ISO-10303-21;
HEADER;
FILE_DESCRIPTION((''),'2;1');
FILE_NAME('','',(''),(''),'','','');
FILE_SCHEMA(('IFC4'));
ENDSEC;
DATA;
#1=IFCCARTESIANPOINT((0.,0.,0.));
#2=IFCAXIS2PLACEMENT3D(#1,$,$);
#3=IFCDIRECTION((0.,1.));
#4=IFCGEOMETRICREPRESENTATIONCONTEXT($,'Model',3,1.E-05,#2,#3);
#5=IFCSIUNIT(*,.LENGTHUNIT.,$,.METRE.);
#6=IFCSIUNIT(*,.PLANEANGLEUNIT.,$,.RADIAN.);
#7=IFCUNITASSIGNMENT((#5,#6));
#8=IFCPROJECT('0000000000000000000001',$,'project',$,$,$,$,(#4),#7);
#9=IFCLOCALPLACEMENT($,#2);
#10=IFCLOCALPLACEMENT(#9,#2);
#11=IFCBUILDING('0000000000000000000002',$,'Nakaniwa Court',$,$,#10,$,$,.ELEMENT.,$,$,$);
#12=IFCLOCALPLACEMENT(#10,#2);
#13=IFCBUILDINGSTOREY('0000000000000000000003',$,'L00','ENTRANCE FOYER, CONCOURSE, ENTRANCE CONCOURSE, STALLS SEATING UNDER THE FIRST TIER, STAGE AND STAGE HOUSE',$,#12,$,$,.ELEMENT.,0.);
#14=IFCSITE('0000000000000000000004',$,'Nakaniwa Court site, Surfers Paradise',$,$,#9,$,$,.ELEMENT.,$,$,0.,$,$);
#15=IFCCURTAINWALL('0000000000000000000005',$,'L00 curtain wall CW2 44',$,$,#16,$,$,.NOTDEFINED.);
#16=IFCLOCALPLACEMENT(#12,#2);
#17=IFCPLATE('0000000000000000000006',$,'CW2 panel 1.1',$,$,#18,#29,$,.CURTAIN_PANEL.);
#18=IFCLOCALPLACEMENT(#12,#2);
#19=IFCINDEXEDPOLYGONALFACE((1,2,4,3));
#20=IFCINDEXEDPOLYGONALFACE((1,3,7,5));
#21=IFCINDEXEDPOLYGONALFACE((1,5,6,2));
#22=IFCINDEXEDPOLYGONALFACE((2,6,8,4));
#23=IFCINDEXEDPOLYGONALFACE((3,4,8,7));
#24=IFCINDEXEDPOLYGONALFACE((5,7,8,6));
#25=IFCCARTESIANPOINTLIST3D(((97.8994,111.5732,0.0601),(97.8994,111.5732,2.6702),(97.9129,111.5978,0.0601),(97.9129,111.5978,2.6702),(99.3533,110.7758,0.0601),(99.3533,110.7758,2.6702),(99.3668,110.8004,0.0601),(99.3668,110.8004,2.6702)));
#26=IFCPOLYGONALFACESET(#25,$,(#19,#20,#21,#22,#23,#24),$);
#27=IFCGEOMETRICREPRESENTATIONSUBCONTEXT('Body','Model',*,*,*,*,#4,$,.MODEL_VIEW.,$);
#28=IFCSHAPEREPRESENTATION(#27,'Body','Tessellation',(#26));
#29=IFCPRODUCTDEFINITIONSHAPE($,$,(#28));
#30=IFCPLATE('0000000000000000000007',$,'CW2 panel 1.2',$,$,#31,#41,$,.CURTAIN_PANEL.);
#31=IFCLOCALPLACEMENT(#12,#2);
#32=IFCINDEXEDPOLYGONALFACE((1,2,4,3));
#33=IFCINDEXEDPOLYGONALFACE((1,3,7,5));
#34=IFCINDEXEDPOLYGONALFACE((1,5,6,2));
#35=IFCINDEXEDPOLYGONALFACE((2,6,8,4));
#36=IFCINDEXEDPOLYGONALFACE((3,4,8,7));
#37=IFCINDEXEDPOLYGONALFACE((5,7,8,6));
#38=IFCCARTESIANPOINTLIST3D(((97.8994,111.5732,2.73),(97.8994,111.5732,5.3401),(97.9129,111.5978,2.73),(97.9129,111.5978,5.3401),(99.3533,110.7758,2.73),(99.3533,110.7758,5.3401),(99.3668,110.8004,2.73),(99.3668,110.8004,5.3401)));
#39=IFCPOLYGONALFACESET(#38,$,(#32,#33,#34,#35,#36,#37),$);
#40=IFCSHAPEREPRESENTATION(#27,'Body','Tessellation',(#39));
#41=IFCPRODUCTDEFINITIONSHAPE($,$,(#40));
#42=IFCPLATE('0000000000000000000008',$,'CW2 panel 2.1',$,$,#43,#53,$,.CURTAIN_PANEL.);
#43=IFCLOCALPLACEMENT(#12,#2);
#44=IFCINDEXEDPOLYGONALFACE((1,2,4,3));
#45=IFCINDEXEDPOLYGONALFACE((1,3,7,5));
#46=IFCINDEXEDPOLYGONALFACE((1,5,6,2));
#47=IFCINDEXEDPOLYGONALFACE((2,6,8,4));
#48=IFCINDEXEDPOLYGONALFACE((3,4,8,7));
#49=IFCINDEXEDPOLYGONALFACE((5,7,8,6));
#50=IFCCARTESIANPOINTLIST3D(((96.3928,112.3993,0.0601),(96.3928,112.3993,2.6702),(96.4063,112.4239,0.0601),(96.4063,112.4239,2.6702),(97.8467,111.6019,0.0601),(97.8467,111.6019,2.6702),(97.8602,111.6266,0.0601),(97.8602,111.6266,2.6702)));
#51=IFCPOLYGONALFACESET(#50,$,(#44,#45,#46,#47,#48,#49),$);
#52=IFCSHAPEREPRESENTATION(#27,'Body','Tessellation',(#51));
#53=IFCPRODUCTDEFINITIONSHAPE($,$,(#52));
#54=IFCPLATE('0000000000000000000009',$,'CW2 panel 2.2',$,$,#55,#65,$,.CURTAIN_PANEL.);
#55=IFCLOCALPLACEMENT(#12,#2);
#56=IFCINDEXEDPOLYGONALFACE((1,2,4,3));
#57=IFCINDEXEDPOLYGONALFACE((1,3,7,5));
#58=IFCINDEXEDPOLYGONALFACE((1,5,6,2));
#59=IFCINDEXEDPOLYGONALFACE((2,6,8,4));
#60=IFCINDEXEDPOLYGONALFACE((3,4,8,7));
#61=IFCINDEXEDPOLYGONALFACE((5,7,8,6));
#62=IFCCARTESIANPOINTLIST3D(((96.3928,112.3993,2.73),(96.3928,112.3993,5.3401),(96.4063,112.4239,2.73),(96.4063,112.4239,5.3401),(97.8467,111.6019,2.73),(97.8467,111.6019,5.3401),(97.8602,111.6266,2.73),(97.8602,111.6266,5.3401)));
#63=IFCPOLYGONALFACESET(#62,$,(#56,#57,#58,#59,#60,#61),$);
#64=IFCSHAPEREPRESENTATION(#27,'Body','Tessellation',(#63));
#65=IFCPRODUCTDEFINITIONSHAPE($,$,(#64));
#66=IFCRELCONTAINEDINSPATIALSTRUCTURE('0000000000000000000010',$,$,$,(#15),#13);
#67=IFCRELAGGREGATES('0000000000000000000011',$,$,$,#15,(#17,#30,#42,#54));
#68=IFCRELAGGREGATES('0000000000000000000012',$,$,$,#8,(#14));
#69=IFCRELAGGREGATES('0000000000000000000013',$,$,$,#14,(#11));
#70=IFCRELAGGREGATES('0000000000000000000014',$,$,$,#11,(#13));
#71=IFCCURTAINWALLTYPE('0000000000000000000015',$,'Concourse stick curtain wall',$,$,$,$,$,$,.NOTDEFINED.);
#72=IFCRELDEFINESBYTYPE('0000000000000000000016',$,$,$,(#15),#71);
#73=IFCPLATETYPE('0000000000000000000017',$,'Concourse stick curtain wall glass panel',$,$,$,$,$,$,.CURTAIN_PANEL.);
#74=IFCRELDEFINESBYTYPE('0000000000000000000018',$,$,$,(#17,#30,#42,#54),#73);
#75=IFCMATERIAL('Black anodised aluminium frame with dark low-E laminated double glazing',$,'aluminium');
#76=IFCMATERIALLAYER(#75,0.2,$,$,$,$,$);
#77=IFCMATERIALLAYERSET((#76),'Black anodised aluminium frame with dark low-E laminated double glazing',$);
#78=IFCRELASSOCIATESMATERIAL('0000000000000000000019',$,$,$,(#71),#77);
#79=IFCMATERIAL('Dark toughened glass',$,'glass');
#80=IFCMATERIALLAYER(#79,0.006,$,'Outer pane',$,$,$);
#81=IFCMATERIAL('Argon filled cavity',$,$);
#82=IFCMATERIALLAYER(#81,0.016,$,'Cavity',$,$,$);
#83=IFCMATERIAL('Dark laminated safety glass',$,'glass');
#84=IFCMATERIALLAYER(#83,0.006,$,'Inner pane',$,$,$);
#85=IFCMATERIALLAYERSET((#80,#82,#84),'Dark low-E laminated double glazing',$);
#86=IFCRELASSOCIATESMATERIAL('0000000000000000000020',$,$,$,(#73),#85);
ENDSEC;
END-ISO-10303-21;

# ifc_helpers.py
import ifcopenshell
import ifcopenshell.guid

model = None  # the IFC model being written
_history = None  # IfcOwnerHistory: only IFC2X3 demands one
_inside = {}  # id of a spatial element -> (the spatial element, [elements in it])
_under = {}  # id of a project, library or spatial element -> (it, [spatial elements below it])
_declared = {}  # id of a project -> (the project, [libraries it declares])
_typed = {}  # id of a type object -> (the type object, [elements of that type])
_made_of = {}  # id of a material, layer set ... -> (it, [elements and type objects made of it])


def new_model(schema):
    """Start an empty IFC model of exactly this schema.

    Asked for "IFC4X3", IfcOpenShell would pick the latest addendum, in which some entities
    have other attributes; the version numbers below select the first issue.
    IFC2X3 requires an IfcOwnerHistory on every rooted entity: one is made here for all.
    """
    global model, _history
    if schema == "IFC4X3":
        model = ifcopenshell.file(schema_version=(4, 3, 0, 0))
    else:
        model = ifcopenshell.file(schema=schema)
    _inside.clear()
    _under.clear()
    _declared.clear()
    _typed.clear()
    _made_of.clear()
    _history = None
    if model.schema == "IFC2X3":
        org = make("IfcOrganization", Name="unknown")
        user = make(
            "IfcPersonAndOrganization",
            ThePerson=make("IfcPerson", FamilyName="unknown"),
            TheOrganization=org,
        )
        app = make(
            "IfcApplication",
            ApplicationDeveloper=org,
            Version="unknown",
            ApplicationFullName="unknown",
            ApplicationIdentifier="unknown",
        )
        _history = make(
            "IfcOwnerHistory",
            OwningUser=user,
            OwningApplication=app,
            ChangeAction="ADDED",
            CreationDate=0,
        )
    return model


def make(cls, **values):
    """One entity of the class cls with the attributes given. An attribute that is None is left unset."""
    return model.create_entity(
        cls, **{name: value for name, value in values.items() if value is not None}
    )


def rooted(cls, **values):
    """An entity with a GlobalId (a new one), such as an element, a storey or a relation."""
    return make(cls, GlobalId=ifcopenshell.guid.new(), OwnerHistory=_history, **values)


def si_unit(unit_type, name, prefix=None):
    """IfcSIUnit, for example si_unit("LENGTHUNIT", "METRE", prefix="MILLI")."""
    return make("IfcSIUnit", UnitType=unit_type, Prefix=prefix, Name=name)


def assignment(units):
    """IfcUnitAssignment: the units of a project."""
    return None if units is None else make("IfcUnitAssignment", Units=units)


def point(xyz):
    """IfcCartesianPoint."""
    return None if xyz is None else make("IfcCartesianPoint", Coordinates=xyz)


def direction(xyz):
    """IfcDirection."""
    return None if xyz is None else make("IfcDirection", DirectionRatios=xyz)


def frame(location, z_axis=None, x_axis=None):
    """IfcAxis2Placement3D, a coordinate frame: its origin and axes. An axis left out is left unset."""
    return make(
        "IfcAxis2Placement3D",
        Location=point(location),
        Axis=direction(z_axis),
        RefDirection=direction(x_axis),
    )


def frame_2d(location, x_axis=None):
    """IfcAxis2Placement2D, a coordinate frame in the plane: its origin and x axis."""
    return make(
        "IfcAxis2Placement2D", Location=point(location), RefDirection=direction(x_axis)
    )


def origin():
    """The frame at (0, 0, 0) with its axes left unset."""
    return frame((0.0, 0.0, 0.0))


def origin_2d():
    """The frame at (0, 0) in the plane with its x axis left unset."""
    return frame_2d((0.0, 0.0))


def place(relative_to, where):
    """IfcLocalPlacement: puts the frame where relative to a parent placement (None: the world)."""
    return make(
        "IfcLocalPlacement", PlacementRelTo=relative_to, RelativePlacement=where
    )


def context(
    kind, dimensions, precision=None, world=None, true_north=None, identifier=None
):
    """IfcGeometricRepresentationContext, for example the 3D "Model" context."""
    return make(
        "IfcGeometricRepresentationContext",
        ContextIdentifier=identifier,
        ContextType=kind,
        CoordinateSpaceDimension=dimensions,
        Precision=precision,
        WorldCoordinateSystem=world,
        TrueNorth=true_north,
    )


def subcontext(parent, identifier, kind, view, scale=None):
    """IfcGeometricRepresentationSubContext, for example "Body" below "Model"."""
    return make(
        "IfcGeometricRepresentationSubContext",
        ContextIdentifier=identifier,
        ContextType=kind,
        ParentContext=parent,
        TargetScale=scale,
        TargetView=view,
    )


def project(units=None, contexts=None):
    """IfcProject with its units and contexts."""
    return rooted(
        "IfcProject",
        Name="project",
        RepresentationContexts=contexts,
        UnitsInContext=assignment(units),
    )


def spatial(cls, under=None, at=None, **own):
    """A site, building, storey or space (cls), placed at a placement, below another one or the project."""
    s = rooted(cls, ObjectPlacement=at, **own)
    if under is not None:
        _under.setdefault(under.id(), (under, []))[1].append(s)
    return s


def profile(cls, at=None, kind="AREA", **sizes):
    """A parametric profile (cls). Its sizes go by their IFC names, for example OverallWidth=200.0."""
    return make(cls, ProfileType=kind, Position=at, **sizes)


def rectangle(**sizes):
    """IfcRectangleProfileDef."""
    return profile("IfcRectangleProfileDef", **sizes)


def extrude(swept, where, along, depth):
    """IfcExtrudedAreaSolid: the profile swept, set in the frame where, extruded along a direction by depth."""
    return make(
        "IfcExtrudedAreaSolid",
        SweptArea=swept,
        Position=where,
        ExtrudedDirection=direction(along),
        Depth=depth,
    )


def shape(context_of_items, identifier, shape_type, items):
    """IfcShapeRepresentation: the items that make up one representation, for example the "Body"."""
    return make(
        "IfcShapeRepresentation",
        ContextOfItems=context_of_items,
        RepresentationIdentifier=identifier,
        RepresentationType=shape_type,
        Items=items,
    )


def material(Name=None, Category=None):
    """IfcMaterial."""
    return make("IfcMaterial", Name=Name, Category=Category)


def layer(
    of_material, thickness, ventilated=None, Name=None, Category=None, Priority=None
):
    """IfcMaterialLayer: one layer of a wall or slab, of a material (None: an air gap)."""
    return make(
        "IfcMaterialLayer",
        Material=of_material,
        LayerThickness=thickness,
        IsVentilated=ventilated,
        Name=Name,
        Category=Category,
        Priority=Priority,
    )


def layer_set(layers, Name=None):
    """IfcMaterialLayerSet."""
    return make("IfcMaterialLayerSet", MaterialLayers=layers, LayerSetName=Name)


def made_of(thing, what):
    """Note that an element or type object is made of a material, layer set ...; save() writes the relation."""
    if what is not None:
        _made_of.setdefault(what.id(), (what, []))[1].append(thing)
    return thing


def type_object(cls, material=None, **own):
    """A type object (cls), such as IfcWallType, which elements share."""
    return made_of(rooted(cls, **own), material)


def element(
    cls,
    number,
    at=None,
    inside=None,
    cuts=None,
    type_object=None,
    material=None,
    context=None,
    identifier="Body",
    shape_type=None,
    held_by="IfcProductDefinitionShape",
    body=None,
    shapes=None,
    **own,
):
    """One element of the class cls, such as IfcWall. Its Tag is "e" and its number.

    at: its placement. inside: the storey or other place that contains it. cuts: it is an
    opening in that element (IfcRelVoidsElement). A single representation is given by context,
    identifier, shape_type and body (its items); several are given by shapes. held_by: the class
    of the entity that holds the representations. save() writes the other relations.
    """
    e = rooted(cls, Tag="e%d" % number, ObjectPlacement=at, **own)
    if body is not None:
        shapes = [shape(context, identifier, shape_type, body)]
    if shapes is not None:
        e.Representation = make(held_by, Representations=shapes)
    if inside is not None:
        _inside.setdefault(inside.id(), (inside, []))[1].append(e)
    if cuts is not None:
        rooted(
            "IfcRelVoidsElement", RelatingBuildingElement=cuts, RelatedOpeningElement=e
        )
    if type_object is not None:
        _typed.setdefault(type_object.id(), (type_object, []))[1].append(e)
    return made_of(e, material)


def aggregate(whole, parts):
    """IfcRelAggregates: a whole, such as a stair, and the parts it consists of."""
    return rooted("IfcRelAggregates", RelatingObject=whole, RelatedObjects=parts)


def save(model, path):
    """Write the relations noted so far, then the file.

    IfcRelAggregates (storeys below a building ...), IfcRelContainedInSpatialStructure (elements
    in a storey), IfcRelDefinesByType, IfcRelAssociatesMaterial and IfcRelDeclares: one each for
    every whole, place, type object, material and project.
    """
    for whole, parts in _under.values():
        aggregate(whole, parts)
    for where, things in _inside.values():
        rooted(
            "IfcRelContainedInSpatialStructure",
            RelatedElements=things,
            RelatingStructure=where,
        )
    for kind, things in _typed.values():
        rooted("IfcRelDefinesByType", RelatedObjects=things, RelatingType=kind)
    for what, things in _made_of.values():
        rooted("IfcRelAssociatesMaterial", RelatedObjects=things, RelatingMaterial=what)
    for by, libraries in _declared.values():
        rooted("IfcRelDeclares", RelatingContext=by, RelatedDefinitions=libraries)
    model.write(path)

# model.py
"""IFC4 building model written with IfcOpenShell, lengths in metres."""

from ifc_helpers import new_model, si_unit, direction, frame, origin, origin_2d, place, context, subcontext, project, spatial, rectangle, extrude, material, layer, layer_set, type_object, element, aggregate, save


model = new_model("IFC4")

# Units and contexts
model_context = context("Model", 3, precision=1e-05, world=origin(), true_north=direction((0.0, 1.0)))
body_context = subcontext(model_context, "Body", "Model", "MODEL_VIEW")
ifc_project = project(units=[si_unit("LENGTHUNIT", "METRE"), si_unit("PLANEANGLEUNIT", "RADIAN")], contexts=[model_context])

# Site, building, storey
site_placement = place(None, origin())
site = spatial("IfcSite", under=ifc_project, at=site_placement, Name="Nakaniwa Court site, Surfers Paradise", CompositionType="ELEMENT", RefElevation=0.0)
building_placement = place(site_placement, origin())
building = spatial("IfcBuilding", under=site, at=building_placement, Name="Nakaniwa Court", CompositionType="ELEMENT")
storey_placement = place(building_placement, origin())
storey = spatial("IfcBuildingStorey", under=building, at=storey_placement, Name="L00", Description="ENTRANCE FOYER, CONCOURSE, ENTRANCE CONCOURSE, STALLS SEATING UNDER THE FIRST TIER, STAGE AND STAGE HOUSE", CompositionType="ELEMENT", Elevation=0.0)

# Curtain wall
ifc_material_1 = material(Name="Black anodised aluminium frame with dark low-E laminated double glazing", Category="aluminium")
ifc_layer_1 = layer(ifc_material_1, 0.2)
ifc_layer_set_1 = layer_set([ifc_layer_1], Name="Black anodised aluminium frame with dark low-E laminated double glazing")
curtain_wall_type = type_object("IfcCurtainWallType", Name="Concourse stick curtain wall", PredefinedType="NOTDEFINED", material=ifc_layer_set_1)
curtain_wall_1_placement = place(storey_placement, origin())
curtain_wall_1 = element("IfcCurtainWall", 1, at=curtain_wall_1_placement, inside=storey, type_object=curtain_wall_type, Name="L00 curtain wall CW2 44", PredefinedType="NOTDEFINED")

# Plates
ifc_material_2 = material(Name="Dark toughened glass", Category="glass")
ifc_layer_2 = layer(ifc_material_2, 0.006, Name="Outer pane")
ifc_material_3 = material(Name="Argon filled cavity")
ifc_layer_3 = layer(ifc_material_3, 0.016, Name="Cavity")
ifc_material_4 = material(Name="Dark laminated safety glass", Category="glass")
ifc_layer_4 = layer(ifc_material_4, 0.006, Name="Inner pane")
ifc_layer_set_2 = layer_set([ifc_layer_2, ifc_layer_3, ifc_layer_4], Name="Dark low-E laminated double glazing")
plate_type = type_object("IfcPlateType", Name="Concourse stick curtain wall glass panel", PredefinedType="CURTAIN_PANEL", material=ifc_layer_set_2)
plate_1_placement = place(storey_placement, frame((98.6331, 111.1868, 0.0601), z_axis=(0.0, 0.0, 1.0), x_axis=(-0.876787, 0.480879, 0.0)))
plate_1 = element("IfcPlate", 2, at=plate_1_placement, type_object=plate_type, Name="CW2 panel 1.1", PredefinedType="CURTAIN_PANEL", context=body_context, shape_type="SweptSolid", body=[
    extrude(rectangle(XDim=1.6582, YDim=0.0281, at=origin_2d()), origin(), (0.0, 0.0, 1.0), 2.6101),
])
plate_2_placement = place(storey_placement, frame((98.6331, 111.1868, 2.73), z_axis=(0.0, 0.0, 1.0), x_axis=(-0.876787, 0.480879, 0.0)))
plate_2 = element("IfcPlate", 3, at=plate_2_placement, type_object=plate_type, Name="CW2 panel 1.2", PredefinedType="CURTAIN_PANEL", context=body_context, shape_type="SweptSolid", body=[
    extrude(rectangle(XDim=1.6582, YDim=0.0281, at=origin_2d()), origin(), (0.0, 0.0, 1.0), 2.6101),
])
plate_3_placement = place(storey_placement, frame((97.1265, 112.0129, 0.0601), z_axis=(0.0, 0.0, 1.0), x_axis=(-0.876787, 0.480879, 0.0)))
plate_3 = element("IfcPlate", 4, at=plate_3_placement, type_object=plate_type, Name="CW2 panel 2.1", PredefinedType="CURTAIN_PANEL", context=body_context, shape_type="SweptSolid", body=[
    extrude(rectangle(XDim=1.6582, YDim=0.0281, at=origin_2d()), origin(), (0.0, 0.0, 1.0), 2.6101),
])
plate_4_placement = place(storey_placement, frame((97.1265, 112.0129, 2.73), z_axis=(0.0, 0.0, 1.0), x_axis=(-0.876787, 0.480879, 0.0)))
plate_4 = element("IfcPlate", 5, at=plate_4_placement, type_object=plate_type, Name="CW2 panel 2.2", PredefinedType="CURTAIN_PANEL", context=body_context, shape_type="SweptSolid", body=[
    extrude(rectangle(XDim=1.6582, YDim=0.0281, at=origin_2d()), origin(), (0.0, 0.0, 1.0), 2.6101),
])
aggregate(curtain_wall_1, [plate_1, plate_2, plate_3, plate_4])

save(model, "model.ifc")
